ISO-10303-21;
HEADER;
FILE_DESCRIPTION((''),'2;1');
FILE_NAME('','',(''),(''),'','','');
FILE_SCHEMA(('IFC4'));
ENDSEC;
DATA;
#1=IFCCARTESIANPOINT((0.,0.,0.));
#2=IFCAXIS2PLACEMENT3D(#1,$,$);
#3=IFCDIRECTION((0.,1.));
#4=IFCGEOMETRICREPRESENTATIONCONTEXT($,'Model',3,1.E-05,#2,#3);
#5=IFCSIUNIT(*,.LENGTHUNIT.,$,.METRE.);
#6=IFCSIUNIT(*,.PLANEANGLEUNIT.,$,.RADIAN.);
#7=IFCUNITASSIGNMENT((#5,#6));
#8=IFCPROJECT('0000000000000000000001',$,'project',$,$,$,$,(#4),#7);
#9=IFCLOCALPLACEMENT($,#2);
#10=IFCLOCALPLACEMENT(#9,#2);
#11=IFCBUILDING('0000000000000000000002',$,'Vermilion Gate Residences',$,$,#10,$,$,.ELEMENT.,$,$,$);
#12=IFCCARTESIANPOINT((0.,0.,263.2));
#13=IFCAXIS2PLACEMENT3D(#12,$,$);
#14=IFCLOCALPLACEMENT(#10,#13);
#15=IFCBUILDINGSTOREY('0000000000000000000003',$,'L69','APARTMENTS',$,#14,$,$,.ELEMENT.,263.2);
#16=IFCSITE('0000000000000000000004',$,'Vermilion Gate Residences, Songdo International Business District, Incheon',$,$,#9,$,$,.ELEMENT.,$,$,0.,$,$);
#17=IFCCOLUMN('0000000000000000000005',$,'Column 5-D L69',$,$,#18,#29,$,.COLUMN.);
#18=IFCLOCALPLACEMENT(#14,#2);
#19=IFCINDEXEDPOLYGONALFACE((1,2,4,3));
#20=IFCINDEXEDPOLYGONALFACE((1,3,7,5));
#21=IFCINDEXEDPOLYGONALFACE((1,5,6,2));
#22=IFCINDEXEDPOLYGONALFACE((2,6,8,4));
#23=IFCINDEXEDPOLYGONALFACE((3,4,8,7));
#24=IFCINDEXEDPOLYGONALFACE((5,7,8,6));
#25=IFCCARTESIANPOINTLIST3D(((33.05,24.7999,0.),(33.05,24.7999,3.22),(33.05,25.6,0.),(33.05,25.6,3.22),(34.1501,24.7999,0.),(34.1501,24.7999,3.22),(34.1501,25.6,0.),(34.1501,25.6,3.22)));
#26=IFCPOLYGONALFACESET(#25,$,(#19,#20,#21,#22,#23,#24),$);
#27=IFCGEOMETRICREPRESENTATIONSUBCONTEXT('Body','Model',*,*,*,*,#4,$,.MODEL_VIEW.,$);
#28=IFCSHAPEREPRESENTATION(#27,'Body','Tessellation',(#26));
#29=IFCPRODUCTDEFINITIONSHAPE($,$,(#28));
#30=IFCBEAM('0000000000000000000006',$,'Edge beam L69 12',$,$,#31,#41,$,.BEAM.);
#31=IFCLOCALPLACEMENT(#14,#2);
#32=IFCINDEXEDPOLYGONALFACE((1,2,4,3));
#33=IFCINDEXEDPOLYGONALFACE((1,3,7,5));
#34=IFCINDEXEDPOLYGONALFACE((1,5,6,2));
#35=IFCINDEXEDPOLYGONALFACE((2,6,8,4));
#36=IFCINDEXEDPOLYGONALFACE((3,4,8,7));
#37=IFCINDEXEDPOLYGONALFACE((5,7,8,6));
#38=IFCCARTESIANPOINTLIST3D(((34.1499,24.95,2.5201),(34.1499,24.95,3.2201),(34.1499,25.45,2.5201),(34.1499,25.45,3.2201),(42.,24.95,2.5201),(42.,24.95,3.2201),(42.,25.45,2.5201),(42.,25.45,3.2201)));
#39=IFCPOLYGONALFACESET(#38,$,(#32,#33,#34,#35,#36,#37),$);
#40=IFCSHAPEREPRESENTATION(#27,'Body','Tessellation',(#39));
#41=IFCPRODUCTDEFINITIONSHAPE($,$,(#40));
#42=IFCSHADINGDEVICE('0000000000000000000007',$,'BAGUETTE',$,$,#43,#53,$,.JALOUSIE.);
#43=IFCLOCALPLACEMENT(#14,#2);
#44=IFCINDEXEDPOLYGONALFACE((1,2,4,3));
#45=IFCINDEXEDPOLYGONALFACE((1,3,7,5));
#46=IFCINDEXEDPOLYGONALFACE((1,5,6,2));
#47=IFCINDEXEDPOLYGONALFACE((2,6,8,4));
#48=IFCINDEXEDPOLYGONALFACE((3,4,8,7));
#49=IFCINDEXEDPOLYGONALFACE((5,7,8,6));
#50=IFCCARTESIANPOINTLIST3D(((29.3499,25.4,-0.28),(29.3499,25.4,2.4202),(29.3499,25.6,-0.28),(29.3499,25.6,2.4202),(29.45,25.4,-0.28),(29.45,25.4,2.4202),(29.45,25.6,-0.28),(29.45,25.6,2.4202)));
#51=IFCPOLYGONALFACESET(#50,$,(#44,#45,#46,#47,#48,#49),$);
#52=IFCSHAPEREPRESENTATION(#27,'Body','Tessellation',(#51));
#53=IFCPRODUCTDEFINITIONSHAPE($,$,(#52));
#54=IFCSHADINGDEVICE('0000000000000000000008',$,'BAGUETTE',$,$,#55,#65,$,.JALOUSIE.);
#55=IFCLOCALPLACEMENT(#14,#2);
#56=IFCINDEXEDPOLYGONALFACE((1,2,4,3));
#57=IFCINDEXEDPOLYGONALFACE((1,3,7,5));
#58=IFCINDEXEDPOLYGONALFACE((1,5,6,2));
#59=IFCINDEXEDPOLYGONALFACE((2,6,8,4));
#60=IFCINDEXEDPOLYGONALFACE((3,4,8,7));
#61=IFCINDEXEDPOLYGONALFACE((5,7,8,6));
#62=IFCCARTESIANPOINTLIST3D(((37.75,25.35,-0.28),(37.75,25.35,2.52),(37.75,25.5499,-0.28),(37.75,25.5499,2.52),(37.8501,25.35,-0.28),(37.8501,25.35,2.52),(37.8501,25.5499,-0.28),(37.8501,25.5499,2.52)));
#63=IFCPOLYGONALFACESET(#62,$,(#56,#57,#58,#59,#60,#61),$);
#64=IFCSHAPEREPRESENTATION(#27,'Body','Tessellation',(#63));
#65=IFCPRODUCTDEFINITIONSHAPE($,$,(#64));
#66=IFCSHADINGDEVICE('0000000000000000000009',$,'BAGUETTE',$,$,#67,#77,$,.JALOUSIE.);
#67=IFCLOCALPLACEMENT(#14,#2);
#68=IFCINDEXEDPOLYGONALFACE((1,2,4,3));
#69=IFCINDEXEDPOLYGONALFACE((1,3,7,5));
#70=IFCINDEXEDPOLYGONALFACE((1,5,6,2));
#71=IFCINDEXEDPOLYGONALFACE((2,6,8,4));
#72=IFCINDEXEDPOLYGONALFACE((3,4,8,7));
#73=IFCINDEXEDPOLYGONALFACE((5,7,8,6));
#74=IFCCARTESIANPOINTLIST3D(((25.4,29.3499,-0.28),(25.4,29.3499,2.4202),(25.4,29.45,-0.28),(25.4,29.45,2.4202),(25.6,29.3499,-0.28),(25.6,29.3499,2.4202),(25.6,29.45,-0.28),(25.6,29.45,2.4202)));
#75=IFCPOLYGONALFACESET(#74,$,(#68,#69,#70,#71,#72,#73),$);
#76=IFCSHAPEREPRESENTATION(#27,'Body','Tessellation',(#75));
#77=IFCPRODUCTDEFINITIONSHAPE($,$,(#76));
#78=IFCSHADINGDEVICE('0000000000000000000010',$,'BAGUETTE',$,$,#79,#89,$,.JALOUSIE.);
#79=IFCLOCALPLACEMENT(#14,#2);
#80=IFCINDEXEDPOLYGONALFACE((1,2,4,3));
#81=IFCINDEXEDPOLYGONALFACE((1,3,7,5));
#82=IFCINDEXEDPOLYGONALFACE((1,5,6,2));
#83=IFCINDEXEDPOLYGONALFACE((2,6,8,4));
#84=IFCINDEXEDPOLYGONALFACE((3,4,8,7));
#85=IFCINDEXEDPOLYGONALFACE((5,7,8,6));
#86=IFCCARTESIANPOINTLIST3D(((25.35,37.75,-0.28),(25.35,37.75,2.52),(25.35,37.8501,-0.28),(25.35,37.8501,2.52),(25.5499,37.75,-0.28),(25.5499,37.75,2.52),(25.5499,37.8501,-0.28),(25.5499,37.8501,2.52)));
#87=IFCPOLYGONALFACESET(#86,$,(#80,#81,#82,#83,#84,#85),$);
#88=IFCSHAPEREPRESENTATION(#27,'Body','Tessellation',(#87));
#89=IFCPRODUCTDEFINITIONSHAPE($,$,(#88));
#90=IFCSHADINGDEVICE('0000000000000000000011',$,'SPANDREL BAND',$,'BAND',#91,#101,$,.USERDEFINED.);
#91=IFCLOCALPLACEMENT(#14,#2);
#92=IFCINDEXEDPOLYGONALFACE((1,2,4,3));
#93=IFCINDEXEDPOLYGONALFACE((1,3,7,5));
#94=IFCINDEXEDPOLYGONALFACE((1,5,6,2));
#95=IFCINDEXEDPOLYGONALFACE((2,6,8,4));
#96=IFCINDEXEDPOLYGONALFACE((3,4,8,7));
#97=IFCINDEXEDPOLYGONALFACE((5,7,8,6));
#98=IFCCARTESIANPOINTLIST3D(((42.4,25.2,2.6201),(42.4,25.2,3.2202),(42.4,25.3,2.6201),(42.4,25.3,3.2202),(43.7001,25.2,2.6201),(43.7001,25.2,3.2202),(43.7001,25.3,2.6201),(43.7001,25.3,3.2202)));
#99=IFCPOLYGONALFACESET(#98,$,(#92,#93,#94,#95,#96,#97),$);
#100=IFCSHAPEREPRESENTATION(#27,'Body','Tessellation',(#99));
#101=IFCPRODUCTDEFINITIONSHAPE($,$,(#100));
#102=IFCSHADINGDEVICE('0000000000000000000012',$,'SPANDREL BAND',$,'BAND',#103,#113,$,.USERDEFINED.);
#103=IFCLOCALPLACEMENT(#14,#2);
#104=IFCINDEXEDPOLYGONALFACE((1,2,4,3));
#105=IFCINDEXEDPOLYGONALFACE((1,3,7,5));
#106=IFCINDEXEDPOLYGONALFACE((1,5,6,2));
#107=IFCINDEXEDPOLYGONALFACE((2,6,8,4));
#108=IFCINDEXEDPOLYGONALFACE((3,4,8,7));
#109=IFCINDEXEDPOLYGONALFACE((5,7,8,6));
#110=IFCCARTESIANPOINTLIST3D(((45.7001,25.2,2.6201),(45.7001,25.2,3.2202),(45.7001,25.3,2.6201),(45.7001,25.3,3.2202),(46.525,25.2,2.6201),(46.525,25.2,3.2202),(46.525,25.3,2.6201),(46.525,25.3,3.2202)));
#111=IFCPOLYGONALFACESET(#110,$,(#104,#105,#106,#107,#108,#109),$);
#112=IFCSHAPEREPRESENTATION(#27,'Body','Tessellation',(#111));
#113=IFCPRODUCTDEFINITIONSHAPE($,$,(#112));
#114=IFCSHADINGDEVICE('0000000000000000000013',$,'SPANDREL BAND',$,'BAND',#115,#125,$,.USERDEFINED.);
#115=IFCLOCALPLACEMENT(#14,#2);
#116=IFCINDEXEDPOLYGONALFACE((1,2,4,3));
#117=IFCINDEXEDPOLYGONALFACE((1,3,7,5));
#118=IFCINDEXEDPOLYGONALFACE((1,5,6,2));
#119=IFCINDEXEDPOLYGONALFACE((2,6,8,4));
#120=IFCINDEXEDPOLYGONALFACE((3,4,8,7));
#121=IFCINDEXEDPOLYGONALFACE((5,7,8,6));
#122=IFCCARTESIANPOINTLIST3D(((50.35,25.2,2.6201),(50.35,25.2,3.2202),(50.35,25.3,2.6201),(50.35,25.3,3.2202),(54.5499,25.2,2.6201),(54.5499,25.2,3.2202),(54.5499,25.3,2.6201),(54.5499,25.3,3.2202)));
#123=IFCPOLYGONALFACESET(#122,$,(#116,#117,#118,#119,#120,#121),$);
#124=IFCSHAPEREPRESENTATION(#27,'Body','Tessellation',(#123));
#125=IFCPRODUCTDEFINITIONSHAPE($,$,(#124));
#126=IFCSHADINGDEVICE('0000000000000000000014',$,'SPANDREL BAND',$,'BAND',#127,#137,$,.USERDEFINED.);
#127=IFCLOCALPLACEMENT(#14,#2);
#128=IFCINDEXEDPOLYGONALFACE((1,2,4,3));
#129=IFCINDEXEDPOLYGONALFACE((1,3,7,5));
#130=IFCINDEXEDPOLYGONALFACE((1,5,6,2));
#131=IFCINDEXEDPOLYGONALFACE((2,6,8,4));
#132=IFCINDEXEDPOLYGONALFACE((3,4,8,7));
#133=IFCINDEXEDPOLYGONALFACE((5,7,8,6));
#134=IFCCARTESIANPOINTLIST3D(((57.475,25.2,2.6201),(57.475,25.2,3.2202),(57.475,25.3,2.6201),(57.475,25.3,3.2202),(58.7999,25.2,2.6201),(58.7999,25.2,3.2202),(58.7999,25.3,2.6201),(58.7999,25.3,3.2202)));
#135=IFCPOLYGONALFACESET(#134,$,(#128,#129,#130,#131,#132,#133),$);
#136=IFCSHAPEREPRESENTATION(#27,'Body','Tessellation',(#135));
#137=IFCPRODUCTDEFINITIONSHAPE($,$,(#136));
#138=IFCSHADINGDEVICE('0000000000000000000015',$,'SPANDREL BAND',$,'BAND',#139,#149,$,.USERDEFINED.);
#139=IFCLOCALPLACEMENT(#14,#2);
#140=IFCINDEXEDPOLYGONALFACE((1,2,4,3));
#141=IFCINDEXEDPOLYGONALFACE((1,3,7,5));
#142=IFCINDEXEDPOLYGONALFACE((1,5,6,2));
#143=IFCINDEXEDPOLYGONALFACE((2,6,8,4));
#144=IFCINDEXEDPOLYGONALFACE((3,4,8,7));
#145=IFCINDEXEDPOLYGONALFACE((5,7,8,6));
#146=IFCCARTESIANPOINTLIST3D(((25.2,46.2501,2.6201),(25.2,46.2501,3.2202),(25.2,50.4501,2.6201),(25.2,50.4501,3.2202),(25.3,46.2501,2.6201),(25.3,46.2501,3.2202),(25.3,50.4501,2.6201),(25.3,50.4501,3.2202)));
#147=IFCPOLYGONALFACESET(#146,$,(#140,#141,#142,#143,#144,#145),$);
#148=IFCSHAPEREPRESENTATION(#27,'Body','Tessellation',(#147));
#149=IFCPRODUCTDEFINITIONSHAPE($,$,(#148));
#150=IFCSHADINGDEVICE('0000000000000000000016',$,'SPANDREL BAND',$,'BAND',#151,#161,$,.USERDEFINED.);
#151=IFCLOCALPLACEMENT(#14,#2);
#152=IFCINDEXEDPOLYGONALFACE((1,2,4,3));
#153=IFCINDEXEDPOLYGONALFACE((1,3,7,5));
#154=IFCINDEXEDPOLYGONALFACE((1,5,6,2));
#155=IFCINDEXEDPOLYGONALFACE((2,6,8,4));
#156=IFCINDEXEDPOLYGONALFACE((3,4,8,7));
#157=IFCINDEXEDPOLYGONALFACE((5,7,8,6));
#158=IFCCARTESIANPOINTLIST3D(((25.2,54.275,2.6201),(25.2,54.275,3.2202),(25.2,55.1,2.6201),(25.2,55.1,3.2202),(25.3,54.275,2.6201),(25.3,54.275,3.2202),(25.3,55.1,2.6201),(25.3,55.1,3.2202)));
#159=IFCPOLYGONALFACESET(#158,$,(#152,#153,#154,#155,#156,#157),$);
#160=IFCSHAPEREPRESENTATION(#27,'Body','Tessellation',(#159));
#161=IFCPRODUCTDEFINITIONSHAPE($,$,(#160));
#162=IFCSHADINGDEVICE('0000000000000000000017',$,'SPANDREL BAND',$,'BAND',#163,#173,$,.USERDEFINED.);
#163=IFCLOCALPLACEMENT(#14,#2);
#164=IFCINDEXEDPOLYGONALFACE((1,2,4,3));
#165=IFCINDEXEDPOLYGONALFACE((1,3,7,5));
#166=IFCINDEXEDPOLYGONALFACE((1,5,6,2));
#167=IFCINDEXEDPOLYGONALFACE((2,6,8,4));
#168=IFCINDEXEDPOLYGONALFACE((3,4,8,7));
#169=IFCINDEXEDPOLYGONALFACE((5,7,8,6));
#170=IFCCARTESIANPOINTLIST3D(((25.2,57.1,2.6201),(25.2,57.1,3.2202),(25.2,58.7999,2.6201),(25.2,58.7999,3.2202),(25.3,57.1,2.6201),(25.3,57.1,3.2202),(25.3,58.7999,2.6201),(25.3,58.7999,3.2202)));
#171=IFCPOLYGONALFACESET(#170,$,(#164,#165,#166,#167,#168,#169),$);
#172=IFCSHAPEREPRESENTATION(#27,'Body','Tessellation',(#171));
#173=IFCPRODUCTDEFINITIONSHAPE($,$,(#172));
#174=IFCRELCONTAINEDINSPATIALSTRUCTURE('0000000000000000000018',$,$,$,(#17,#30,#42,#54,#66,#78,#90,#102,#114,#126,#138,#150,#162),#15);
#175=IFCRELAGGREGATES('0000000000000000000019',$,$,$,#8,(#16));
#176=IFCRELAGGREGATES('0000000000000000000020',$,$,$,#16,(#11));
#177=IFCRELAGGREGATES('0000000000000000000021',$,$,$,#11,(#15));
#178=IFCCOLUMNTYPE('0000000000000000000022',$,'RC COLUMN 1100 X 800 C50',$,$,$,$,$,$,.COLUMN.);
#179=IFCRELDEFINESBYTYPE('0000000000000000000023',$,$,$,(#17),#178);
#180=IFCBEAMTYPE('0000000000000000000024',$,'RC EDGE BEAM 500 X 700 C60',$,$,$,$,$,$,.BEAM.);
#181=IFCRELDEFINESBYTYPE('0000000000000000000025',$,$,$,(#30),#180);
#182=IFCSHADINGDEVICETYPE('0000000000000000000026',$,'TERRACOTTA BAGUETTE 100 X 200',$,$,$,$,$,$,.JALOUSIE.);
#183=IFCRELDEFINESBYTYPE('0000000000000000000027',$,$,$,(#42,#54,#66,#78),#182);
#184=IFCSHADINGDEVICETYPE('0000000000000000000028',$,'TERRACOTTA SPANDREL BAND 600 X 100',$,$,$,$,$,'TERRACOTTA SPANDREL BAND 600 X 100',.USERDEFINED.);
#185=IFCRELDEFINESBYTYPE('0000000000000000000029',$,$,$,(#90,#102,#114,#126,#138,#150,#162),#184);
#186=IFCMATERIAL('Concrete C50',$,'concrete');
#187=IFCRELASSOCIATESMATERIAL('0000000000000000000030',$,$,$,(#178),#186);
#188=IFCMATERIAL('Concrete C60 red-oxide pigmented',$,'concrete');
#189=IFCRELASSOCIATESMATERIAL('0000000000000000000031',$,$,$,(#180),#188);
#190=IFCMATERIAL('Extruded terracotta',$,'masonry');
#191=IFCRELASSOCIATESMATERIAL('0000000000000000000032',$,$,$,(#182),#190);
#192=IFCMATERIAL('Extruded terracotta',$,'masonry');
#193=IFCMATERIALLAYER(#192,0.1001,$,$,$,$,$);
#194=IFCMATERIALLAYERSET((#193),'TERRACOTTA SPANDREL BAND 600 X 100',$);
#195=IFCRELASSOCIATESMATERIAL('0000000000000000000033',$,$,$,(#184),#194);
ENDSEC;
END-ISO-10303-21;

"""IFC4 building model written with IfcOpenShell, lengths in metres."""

from ifc_helpers import new_model, si_unit, direction, frame, origin, origin_2d, place, context, subcontext, project, spatial, rectangle, extrude, material, layer, layer_set, material_profile, profile_set, type_object, element, save


model = new_model("IFC4")

# Units and contexts
model_context = context("Model", 3, precision=1e-05, world=origin(), true_north=direction((0.0, 1.0)))
body_context = subcontext(model_context, "Body", "Model", "MODEL_VIEW")
ifc_project = project(units=[si_unit("LENGTHUNIT", "METRE"), si_unit("PLANEANGLEUNIT", "RADIAN")], contexts=[model_context])

# Site, building, storey
site_placement = place(None, origin())
site = spatial("IfcSite", under=ifc_project, at=site_placement, Name="Vermilion Gate Residences, Songdo International Business District, Incheon", CompositionType="ELEMENT", RefElevation=0.0)
building_placement = place(site_placement, origin())
building = spatial("IfcBuilding", under=site, at=building_placement, Name="Vermilion Gate Residences", CompositionType="ELEMENT")
storey_placement = place(building_placement, frame((0.0, 0.0, 263.2)))
storey = spatial("IfcBuildingStorey", under=building, at=storey_placement, Name="L69", Description="APARTMENTS", CompositionType="ELEMENT", Elevation=263.2)

# Column
ifc_material_1 = material(Name="Concrete C50", Category="concrete")
ifc_material_profile_1 = material_profile(ifc_material_1, rectangle(XDim=1.1001, YDim=0.8, at=origin_2d()), Name="RC-1100x800")
ifc_profile_set_1 = profile_set([ifc_material_profile_1], Name="Concrete C50")
column_type = type_object("IfcColumnType", Name="RC COLUMN 1100 X 800 C50", PredefinedType="COLUMN", material=ifc_profile_set_1)
column_placement = place(storey_placement, frame((33.6001, 25.2, 0.0), z_axis=(0.0, 0.0, 1.0), x_axis=(1.0, 0.0, 0.0)))
element("IfcColumn", 1, at=column_placement, inside=storey, type_object=column_type, Name="Column 5-D L69", PredefinedType="COLUMN", context=body_context, shape_type="SweptSolid", body=[
    extrude(rectangle(XDim=1.1001, YDim=0.8, at=origin_2d()), origin(), (0.0, 0.0, 1.0), 3.22),
])

# Beam
ifc_material_2 = material(Name="Concrete C60 red-oxide pigmented", Category="concrete")
ifc_material_profile_2 = material_profile(ifc_material_2, rectangle(XDim=0.5, YDim=0.7, at=origin_2d()), Name="RC-500x700")
ifc_profile_set_2 = profile_set([ifc_material_profile_2], Name="Concrete C60 red-oxide pigmented")
beam_type = type_object("IfcBeamType", Name="RC EDGE BEAM 500 X 700 C60", PredefinedType="BEAM", material=ifc_profile_set_2)
beam_placement = place(storey_placement, frame((34.1499, 25.2, 2.8701), z_axis=(1.0, 0.0, 0.0), x_axis=(0.0, 1.0, 0.0)))
element("IfcBeam", 2, at=beam_placement, inside=storey, type_object=beam_type, Name="Edge beam L69 12", PredefinedType="BEAM", context=body_context, shape_type="SweptSolid", body=[
    extrude(rectangle(XDim=0.5, YDim=0.7, at=origin_2d()), origin(), (0.0, 0.0, 1.0), 7.8501),
])

# Shading devices
ifc_material_3 = material(Name="Extruded terracotta", Category="masonry")
ifc_material_profile_3 = material_profile(ifc_material_3, rectangle(XDim=0.2, YDim=0.1001, at=origin_2d()), Name="BAGUETTE 100 X 200")
ifc_profile_set_3 = profile_set([ifc_material_profile_3], Name="Extruded terracotta")
shading_device_type_1 = type_object("IfcShadingDeviceType", Name="TERRACOTTA BAGUETTE 100 X 200", PredefinedType="JALOUSIE", material=ifc_profile_set_3)
shading_device_1_placement = place(storey_placement, frame((29.3999, 25.5, -0.28), z_axis=(0.0, 0.0, 1.0), x_axis=(0.0, -1.0, 0.0)))
element("IfcShadingDevice", 3, at=shading_device_1_placement, inside=storey, type_object=shading_device_type_1, Name="BAGUETTE", PredefinedType="JALOUSIE", context=body_context, shape_type="SweptSolid", body=[
    extrude(rectangle(XDim=0.2, YDim=0.1001, at=origin_2d()), origin(), (0.0, 0.0, 1.0), 2.7002),
])
shading_device_2_placement = place(storey_placement, frame((37.8, 25.45, -0.28), z_axis=(0.0, 0.0, 1.0), x_axis=(0.0, -1.0, 0.0)))
element("IfcShadingDevice", 4, at=shading_device_2_placement, inside=storey, type_object=shading_device_type_1, Name="BAGUETTE", PredefinedType="JALOUSIE", context=body_context, shape_type="SweptSolid", body=[
    extrude(rectangle(XDim=0.2, YDim=0.1001, at=origin_2d()), origin(), (0.0, 0.0, 1.0), 2.8),
])
shading_device_3_placement = place(storey_placement, frame((25.5, 29.3999, -0.28), z_axis=(0.0, 0.0, 1.0), x_axis=(-1.0, 0.0, 0.0)))
element("IfcShadingDevice", 5, at=shading_device_3_placement, inside=storey, type_object=shading_device_type_1, Name="BAGUETTE", PredefinedType="JALOUSIE", context=body_context, shape_type="SweptSolid", body=[
    extrude(rectangle(XDim=0.2, YDim=0.1001, at=origin_2d()), origin(), (0.0, 0.0, 1.0), 2.7002),
])
shading_device_4_placement = place(storey_placement, frame((25.45, 37.8, -0.28), z_axis=(0.0, 0.0, 1.0), x_axis=(-1.0, 0.0, 0.0)))
element("IfcShadingDevice", 6, at=shading_device_4_placement, inside=storey, type_object=shading_device_type_1, Name="BAGUETTE", PredefinedType="JALOUSIE", context=body_context, shape_type="SweptSolid", body=[
    extrude(rectangle(XDim=0.2, YDim=0.1001, at=origin_2d()), origin(), (0.0, 0.0, 1.0), 2.8),
])
ifc_material_4 = material(Name="Extruded terracotta", Category="masonry")
ifc_layer = layer(ifc_material_4, 0.1001)
ifc_layer_set = layer_set([ifc_layer], Name="TERRACOTTA SPANDREL BAND 600 X 100")
shading_device_type_2 = type_object("IfcShadingDeviceType", Name="TERRACOTTA SPANDREL BAND 600 X 100", ElementType="TERRACOTTA SPANDREL BAND 600 X 100", PredefinedType="USERDEFINED", material=ifc_layer_set)
shading_device_5_placement = place(storey_placement, frame((43.05, 25.25, 2.6201), z_axis=(0.0, 0.0, 1.0), x_axis=(1.0, 0.0, 0.0)))
element("IfcShadingDevice", 7, at=shading_device_5_placement, inside=storey, type_object=shading_device_type_2, Name="SPANDREL BAND", ObjectType="BAND", PredefinedType="USERDEFINED", context=body_context, shape_type="SweptSolid", body=[
    extrude(rectangle(XDim=1.3, YDim=0.1001, at=origin_2d()), origin(), (0.0, 0.0, 1.0), 0.6001),
])
shading_device_6_placement = place(storey_placement, frame((46.1125, 25.25, 2.6201), z_axis=(0.0, 0.0, 1.0), x_axis=(1.0, 0.0, 0.0)))
element("IfcShadingDevice", 8, at=shading_device_6_placement, inside=storey, type_object=shading_device_type_2, Name="SPANDREL BAND", ObjectType="BAND", PredefinedType="USERDEFINED", context=body_context, shape_type="SweptSolid", body=[
    extrude(rectangle(XDim=0.825, YDim=0.1001, at=origin_2d()), origin(), (0.0, 0.0, 1.0), 0.6001),
])
shading_device_7_placement = place(storey_placement, frame((52.45, 25.25, 2.6201), z_axis=(0.0, 0.0, 1.0), x_axis=(1.0, 0.0, 0.0)))
element("IfcShadingDevice", 9, at=shading_device_7_placement, inside=storey, type_object=shading_device_type_2, Name="SPANDREL BAND", ObjectType="BAND", PredefinedType="USERDEFINED", context=body_context, shape_type="SweptSolid", body=[
    extrude(rectangle(XDim=4.2, YDim=0.1001, at=origin_2d()), origin(), (0.0, 0.0, 1.0), 0.6001),
])
shading_device_8_placement = place(storey_placement, frame((58.1375, 25.25, 2.6201), z_axis=(0.0, 0.0, 1.0), x_axis=(1.0, 0.0, 0.0)))
element("IfcShadingDevice", 10, at=shading_device_8_placement, inside=storey, type_object=shading_device_type_2, Name="SPANDREL BAND", ObjectType="BAND", PredefinedType="USERDEFINED", context=body_context, shape_type="SweptSolid", body=[
    extrude(rectangle(XDim=1.325, YDim=0.1001, at=origin_2d()), origin(), (0.0, 0.0, 1.0), 0.6001),
])
shading_device_9_placement = place(storey_placement, frame((25.25, 48.3501, 2.6201), z_axis=(0.0, 0.0, 1.0), x_axis=(0.0, 1.0, 0.0)))
element("IfcShadingDevice", 11, at=shading_device_9_placement, inside=storey, type_object=shading_device_type_2, Name="SPANDREL BAND", ObjectType="BAND", PredefinedType="USERDEFINED", context=body_context, shape_type="SweptSolid", body=[
    extrude(rectangle(XDim=4.2, YDim=0.1001, at=origin_2d()), origin(), (0.0, 0.0, 1.0), 0.6001),
])
shading_device_10_placement = place(storey_placement, frame((25.25, 54.6875, 2.6201), z_axis=(0.0, 0.0, 1.0), x_axis=(0.0, 1.0, 0.0)))
element("IfcShadingDevice", 12, at=shading_device_10_placement, inside=storey, type_object=shading_device_type_2, Name="SPANDREL BAND", ObjectType="BAND", PredefinedType="USERDEFINED", context=body_context, shape_type="SweptSolid", body=[
    extrude(rectangle(XDim=0.825, YDim=0.1001, at=origin_2d()), origin(), (0.0, 0.0, 1.0), 0.6001),
])
shading_device_11_placement = place(storey_placement, frame((25.25, 57.95, 2.6201), z_axis=(0.0, 0.0, 1.0), x_axis=(0.0, 1.0, 0.0)))
element("IfcShadingDevice", 13, at=shading_device_11_placement, inside=storey, type_object=shading_device_type_2, Name="SPANDREL BAND", ObjectType="BAND", PredefinedType="USERDEFINED", context=body_context, shape_type="SweptSolid", body=[
    extrude(rectangle(XDim=1.7, YDim=0.1001, at=origin_2d()), origin(), (0.0, 0.0, 1.0), 0.6001),
])

save(model, "model.ifc")
